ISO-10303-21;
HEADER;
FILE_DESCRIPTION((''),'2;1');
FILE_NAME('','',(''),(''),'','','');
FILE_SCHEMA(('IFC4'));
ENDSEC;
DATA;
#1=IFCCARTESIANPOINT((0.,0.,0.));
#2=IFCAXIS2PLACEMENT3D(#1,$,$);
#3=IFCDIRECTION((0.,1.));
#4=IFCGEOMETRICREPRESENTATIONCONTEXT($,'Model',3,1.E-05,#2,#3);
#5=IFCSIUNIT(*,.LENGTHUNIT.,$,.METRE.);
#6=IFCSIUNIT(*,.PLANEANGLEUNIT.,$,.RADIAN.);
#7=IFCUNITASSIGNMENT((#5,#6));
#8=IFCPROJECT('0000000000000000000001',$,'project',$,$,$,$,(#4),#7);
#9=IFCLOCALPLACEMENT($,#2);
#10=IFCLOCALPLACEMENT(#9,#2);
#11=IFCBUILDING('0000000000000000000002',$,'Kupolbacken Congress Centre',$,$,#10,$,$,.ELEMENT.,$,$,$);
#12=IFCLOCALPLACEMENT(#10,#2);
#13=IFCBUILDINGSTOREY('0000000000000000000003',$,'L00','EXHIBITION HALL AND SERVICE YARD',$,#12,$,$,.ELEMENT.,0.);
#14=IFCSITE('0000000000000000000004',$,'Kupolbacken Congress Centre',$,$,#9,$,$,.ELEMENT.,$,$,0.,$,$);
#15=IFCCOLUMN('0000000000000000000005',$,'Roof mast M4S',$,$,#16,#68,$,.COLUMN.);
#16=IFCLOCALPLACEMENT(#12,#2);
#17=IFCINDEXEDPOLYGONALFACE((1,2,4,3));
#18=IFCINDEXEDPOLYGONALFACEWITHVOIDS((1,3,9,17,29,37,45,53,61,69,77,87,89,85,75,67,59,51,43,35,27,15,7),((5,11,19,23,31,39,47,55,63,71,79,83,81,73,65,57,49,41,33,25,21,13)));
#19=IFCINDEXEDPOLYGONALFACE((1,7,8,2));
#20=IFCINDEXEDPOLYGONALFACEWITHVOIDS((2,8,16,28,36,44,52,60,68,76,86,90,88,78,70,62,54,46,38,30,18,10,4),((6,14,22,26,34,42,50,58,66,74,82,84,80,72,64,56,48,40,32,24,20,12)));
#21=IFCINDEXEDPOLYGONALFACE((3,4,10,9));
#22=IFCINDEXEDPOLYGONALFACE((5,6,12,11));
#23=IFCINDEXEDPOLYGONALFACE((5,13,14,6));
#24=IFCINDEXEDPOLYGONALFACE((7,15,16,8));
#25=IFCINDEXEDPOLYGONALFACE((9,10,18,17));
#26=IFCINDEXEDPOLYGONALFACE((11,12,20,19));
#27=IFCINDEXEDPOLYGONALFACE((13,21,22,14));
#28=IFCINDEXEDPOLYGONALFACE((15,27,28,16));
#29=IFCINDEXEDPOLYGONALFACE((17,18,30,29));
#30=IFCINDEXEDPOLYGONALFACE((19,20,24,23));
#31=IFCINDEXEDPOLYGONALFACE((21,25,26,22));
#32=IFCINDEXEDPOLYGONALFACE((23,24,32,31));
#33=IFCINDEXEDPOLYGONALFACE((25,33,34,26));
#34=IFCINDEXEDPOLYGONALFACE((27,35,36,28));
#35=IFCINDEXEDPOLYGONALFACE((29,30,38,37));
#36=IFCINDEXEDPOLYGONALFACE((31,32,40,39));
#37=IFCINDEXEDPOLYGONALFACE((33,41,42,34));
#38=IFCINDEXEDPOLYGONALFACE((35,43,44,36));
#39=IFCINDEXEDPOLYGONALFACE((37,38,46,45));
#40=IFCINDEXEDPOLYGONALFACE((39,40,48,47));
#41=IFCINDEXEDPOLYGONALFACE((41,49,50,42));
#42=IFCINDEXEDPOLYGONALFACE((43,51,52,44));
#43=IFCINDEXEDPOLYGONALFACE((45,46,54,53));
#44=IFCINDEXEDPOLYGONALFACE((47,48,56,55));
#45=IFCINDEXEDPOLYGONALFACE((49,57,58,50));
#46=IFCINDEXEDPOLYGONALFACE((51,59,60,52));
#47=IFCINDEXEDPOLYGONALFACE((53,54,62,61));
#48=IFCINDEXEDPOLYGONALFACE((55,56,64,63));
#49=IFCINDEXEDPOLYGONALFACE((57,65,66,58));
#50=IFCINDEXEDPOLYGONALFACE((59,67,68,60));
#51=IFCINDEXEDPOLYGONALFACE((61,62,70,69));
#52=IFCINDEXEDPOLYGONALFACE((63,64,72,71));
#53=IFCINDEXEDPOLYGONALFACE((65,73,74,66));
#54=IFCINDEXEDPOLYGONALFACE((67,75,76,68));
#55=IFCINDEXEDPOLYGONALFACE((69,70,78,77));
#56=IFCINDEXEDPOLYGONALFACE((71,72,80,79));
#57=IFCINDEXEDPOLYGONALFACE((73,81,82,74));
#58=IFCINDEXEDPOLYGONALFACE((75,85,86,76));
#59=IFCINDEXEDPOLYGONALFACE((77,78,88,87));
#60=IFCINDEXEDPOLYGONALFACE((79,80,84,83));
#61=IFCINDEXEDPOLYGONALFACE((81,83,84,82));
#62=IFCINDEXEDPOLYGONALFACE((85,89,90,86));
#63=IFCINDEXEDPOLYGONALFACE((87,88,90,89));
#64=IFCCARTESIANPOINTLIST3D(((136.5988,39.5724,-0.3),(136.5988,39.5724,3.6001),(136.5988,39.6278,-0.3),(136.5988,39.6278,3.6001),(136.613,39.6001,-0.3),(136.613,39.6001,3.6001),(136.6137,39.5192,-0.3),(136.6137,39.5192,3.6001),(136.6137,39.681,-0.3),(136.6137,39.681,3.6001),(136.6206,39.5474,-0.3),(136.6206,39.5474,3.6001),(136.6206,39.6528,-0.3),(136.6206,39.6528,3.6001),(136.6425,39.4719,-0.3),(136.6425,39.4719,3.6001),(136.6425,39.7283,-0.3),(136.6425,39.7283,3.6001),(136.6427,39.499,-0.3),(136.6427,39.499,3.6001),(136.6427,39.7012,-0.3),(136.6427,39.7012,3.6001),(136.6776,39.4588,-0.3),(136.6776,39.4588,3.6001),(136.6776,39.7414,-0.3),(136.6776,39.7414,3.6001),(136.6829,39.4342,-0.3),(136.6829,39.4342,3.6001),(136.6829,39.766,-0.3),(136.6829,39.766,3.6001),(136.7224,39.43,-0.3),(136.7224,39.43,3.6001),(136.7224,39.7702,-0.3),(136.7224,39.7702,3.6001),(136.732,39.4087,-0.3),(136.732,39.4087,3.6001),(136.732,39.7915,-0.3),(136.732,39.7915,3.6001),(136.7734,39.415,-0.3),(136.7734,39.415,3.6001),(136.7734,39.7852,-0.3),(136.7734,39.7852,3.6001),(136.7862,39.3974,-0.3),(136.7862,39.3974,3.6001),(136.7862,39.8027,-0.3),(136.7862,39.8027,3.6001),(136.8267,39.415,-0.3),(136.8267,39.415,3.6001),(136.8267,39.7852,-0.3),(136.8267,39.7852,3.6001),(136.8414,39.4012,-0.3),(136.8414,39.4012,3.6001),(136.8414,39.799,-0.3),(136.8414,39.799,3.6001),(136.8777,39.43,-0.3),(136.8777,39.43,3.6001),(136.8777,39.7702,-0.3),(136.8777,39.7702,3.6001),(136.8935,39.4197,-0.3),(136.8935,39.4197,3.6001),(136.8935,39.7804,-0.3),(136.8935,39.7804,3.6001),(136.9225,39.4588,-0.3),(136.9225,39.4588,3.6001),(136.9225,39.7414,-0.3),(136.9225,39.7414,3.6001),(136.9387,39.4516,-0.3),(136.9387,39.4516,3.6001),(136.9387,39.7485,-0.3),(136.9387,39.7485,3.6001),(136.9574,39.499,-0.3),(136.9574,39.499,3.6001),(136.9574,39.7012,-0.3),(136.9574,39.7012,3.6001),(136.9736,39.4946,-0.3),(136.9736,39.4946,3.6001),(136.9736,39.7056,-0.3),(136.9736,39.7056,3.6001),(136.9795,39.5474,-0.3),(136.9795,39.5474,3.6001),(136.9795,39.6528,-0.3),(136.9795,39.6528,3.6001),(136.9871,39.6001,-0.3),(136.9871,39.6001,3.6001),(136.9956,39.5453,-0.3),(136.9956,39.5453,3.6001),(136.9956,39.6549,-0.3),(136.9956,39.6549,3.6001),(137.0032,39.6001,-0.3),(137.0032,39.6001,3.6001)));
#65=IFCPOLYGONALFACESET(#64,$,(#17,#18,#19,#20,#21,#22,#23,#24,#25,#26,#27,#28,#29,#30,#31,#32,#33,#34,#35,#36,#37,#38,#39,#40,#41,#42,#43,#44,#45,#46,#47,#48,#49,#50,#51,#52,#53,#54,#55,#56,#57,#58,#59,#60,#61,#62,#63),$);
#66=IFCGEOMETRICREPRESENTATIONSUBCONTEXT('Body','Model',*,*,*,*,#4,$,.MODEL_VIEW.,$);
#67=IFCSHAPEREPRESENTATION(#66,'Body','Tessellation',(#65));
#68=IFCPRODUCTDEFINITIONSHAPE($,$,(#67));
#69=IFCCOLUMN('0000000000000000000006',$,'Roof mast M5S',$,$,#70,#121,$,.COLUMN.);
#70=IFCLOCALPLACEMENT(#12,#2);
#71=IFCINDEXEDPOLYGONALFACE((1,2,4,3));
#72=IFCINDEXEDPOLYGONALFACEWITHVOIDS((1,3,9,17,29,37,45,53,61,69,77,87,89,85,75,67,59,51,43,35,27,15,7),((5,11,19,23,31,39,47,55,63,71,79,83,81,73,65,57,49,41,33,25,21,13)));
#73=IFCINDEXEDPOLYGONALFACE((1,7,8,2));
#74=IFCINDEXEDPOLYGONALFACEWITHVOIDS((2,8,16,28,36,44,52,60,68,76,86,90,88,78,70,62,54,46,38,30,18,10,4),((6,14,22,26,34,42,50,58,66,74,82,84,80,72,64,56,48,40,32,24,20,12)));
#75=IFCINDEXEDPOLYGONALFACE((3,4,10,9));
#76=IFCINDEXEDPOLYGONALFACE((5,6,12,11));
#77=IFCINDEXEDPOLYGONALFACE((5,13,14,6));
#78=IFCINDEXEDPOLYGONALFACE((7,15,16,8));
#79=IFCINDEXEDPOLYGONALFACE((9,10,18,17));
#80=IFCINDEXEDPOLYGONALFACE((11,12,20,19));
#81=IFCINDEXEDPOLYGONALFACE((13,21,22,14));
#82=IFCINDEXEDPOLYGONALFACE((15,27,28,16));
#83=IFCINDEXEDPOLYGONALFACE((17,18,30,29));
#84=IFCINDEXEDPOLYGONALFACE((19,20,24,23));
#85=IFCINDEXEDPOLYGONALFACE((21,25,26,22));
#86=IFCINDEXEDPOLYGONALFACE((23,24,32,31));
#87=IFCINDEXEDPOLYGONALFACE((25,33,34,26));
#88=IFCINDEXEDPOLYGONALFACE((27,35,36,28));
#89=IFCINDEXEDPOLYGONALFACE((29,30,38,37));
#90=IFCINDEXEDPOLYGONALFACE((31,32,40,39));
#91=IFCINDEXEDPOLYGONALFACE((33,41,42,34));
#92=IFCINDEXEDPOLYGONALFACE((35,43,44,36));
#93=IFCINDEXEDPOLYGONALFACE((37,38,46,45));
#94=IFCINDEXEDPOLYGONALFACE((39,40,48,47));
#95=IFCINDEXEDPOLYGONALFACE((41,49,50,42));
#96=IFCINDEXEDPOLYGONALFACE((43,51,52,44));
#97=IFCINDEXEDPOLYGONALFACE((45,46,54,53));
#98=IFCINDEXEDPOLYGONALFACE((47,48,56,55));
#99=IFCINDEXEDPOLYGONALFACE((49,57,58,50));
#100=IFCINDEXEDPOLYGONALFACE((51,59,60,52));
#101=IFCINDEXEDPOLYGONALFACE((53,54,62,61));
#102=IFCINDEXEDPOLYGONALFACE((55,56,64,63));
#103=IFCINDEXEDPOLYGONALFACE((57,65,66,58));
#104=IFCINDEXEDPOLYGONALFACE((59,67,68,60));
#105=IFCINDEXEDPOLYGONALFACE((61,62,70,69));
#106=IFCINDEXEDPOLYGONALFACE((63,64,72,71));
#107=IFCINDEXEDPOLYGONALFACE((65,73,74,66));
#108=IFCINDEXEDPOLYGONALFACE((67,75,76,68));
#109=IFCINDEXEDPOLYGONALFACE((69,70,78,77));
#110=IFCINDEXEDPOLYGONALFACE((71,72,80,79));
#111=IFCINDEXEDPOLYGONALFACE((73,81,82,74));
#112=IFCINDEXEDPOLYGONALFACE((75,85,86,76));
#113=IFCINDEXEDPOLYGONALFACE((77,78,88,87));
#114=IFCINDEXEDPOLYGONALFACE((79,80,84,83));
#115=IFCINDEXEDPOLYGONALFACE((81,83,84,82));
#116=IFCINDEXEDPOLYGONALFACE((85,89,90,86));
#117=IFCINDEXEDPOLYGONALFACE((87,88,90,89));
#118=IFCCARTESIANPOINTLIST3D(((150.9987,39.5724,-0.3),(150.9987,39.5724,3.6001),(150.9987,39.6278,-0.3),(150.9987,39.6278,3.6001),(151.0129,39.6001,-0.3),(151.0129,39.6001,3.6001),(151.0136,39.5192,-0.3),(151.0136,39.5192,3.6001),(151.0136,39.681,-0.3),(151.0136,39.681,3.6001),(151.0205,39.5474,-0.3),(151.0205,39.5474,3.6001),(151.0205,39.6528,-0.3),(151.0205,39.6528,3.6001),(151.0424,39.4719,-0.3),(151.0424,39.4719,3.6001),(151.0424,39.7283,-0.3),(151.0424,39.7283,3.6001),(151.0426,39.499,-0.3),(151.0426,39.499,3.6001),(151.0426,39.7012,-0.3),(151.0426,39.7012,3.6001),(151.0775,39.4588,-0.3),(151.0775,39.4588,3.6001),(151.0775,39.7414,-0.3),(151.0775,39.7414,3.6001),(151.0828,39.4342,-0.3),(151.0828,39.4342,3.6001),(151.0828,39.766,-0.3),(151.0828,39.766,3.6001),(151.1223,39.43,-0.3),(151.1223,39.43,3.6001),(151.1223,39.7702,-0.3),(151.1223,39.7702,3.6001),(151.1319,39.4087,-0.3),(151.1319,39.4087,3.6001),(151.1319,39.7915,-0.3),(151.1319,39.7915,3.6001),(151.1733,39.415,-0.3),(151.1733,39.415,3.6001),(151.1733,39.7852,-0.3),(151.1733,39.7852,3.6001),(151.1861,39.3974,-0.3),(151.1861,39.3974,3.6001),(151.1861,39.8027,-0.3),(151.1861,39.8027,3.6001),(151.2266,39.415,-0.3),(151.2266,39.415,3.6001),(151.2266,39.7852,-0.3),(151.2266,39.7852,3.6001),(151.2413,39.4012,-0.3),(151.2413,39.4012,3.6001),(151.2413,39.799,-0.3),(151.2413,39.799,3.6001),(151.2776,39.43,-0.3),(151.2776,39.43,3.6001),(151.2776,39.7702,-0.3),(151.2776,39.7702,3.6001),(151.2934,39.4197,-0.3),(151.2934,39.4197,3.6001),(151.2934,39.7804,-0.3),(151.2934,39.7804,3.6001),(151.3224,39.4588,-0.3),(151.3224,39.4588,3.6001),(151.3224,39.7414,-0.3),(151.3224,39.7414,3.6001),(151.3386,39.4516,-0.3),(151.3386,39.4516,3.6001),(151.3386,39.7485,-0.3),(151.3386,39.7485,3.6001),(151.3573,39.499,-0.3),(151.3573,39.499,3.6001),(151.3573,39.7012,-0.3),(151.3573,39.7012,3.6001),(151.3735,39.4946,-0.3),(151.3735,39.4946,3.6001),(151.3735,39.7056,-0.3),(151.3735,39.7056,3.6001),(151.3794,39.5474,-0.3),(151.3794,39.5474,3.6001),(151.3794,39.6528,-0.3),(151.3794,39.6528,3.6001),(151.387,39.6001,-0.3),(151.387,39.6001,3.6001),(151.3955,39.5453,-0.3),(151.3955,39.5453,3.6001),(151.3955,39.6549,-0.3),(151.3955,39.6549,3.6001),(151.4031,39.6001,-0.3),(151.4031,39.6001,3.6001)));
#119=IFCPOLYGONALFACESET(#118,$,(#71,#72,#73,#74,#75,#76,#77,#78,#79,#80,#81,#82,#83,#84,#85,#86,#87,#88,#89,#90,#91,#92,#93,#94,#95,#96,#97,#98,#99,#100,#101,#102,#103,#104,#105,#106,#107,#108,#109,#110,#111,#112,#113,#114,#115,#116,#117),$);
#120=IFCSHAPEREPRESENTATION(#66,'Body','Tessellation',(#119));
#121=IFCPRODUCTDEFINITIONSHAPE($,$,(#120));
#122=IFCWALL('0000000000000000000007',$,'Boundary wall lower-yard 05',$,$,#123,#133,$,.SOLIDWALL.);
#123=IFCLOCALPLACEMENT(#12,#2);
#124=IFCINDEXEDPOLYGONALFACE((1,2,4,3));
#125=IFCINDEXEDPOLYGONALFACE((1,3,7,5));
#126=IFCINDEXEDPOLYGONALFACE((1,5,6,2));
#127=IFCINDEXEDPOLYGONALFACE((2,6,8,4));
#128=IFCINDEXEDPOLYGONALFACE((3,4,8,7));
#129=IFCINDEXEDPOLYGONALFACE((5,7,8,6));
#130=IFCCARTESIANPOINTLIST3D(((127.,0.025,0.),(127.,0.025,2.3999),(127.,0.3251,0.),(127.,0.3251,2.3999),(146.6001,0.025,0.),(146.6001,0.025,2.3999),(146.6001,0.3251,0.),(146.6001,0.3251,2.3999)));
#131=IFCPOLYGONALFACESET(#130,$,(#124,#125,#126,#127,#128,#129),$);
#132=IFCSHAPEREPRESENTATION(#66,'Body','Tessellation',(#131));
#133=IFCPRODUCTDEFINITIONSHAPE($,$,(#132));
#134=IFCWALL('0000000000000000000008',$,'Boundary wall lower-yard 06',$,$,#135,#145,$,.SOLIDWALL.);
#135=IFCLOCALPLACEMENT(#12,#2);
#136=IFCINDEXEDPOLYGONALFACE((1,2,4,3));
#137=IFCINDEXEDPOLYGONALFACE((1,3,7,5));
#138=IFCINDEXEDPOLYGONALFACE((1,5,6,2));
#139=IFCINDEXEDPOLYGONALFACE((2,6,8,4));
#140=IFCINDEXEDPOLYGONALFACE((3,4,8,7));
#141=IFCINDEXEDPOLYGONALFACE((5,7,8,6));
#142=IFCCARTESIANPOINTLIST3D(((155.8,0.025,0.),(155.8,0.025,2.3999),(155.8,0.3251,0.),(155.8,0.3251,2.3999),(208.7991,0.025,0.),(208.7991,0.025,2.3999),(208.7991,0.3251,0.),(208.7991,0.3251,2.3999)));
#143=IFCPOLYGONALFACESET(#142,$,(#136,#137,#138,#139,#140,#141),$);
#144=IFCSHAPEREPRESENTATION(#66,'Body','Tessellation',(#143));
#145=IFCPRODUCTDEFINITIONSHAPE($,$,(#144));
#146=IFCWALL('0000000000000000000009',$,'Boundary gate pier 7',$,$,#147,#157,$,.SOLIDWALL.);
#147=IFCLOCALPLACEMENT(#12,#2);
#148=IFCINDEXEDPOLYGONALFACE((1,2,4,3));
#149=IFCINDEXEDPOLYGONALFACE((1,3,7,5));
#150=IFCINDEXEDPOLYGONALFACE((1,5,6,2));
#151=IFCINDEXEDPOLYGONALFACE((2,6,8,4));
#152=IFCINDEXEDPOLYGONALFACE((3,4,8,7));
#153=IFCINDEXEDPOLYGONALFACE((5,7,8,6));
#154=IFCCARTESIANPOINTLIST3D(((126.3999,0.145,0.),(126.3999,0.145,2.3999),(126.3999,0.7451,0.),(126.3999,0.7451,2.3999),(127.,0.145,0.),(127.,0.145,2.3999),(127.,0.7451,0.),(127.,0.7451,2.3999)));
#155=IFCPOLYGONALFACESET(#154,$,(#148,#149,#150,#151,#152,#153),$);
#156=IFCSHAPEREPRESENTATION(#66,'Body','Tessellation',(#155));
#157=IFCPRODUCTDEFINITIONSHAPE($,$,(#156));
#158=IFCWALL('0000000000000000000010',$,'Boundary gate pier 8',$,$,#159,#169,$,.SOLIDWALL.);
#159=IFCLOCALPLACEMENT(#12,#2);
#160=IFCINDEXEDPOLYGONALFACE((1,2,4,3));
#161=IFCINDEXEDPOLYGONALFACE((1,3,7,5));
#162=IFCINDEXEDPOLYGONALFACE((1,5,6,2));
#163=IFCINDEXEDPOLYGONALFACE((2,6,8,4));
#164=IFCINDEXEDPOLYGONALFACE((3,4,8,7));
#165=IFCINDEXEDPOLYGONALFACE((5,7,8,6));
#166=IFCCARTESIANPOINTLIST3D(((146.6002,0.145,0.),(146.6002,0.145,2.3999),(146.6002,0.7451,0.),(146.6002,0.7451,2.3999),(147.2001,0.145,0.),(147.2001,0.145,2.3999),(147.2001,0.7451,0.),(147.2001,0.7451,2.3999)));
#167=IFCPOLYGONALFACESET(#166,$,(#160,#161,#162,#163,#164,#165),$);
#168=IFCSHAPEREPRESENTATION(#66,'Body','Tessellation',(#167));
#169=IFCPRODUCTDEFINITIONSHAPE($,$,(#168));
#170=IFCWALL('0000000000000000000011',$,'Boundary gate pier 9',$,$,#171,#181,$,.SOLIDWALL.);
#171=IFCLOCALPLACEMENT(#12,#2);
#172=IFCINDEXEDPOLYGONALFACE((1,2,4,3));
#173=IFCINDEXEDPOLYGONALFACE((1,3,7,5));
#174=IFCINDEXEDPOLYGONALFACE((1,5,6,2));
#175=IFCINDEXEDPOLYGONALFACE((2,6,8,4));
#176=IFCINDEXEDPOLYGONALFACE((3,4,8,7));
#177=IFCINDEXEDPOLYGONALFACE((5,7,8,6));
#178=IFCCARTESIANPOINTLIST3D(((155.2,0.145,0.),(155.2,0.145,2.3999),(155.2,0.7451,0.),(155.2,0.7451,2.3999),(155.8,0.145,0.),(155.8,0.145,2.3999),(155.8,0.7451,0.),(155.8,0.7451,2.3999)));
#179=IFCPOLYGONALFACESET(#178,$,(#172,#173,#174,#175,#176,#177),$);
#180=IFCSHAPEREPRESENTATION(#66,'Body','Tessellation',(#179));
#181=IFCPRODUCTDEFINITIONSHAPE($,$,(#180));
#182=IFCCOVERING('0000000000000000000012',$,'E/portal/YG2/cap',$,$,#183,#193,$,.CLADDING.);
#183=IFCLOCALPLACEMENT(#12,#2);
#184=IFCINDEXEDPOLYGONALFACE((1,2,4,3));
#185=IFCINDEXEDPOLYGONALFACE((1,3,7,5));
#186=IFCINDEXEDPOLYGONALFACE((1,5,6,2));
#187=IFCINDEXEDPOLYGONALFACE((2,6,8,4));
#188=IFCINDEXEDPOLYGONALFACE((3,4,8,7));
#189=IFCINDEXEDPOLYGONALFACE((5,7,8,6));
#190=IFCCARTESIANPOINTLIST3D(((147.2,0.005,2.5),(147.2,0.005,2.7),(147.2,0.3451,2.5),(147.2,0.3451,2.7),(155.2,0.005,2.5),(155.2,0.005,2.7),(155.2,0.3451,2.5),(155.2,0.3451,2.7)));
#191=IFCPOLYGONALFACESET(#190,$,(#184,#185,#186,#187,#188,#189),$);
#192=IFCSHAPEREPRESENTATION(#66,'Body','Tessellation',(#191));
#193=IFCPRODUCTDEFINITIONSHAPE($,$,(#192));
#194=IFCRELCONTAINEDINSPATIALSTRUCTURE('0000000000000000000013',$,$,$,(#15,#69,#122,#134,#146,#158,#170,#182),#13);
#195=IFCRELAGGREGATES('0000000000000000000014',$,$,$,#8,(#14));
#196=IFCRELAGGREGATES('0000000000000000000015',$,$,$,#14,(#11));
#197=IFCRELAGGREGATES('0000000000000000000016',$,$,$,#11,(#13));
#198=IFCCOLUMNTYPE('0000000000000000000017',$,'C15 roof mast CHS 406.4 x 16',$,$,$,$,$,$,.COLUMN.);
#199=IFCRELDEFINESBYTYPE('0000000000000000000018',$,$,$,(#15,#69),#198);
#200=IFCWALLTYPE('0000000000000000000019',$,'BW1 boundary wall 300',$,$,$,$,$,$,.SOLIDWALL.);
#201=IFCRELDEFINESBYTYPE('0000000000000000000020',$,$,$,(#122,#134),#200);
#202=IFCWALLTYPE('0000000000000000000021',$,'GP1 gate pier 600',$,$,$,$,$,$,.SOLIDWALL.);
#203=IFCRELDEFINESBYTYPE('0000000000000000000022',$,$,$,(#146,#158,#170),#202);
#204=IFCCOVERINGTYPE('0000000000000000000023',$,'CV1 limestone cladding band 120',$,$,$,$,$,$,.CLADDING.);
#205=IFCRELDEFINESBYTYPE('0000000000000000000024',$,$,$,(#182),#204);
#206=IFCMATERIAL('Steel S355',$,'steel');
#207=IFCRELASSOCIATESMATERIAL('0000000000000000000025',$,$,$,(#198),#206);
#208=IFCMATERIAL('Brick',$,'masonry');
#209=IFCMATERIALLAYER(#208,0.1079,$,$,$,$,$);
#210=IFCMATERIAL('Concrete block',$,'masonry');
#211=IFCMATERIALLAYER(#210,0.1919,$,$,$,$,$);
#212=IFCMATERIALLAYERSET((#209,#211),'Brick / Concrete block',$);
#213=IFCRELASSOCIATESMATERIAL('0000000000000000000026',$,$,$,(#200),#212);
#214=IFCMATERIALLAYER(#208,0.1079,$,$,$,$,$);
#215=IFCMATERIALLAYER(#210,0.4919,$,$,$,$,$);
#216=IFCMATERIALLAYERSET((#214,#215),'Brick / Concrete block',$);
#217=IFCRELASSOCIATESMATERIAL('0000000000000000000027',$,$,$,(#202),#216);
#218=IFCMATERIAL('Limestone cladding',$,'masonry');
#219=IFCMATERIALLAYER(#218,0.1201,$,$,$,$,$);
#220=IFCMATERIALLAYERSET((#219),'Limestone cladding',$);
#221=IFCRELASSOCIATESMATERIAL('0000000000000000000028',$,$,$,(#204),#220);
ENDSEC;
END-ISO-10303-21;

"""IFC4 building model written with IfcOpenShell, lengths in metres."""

from ifc_helpers import new_model, si_unit, direction, frame, frame_2d, origin, origin_2d, place, context, subcontext, project, spatial, rectangle, hollow_circle, extrude, material, layer, layer_set, material_profile, profile_set, type_object, element, save


model = new_model("IFC4")

# Units and contexts
model_context = context("Model", 3, precision=1e-05, world=origin(), true_north=direction((0.0, 1.0)))
body_context = subcontext(model_context, "Body", "Model", "MODEL_VIEW")
ifc_project = project(units=[si_unit("LENGTHUNIT", "METRE"), si_unit("PLANEANGLEUNIT", "RADIAN")], contexts=[model_context])

# Site, building, storey
site_placement = place(None, origin())
site = spatial("IfcSite", under=ifc_project, at=site_placement, Name="Kupolbacken Congress Centre", CompositionType="ELEMENT", RefElevation=0.0)
building_placement = place(site_placement, origin())
building = spatial("IfcBuilding", under=site, at=building_placement, Name="Kupolbacken Congress Centre", CompositionType="ELEMENT")
storey_placement = place(building_placement, origin())
storey = spatial("IfcBuildingStorey", under=building, at=storey_placement, Name="L00", Description="EXHIBITION HALL AND SERVICE YARD", CompositionType="ELEMENT", Elevation=0.0)

# Columns
ifc_material_1 = material(Name="Steel S355", Category="steel")
ifc_material_profile_1 = material_profile(ifc_material_1, hollow_circle(Radius=0.2031, WallThickness=0.0161, at=origin_2d()), Name="CHS 406.4 x 16")
ifc_profile_set_1 = profile_set([ifc_material_profile_1], Name="Steel S355")
column_type = type_object("IfcColumnType", Name="C15 roof mast CHS 406.4 x 16", PredefinedType="COLUMN", material=ifc_profile_set_1)
for number, where, z_axis, x_axis, name in (
    (1, (136.8, 39.6001, -0.3), (0.0, 0.0, 1.0), (1.0, 0.0, 0.0), "Roof mast M4S"),
    (2, (151.2, 39.6001, -0.3), (0.0, 0.0, 1.0), (1.0, 0.0, 0.0), "Roof mast M5S"),
):
    element("IfcColumn", number, at=place(storey_placement, frame(where, z_axis=z_axis, x_axis=x_axis)), inside=storey, type_object=column_type, Name=name, PredefinedType="COLUMN", context=body_context, shape_type="SweptSolid", body=[
        extrude(hollow_circle(Radius=0.2031, WallThickness=0.0161, at=origin_2d()), origin(), (0.0, 0.0, 1.0), 3.9001),
    ])

# Wall
ifc_material_2 = material(Name="Brick", Category="masonry")
ifc_layer_1 = layer(ifc_material_2, 0.1079)
ifc_material_3 = material(Name="Concrete block", Category="masonry")
ifc_layer_2 = layer(ifc_material_3, 0.1919)
ifc_layer_set_1 = layer_set([ifc_layer_1, ifc_layer_2], Name="Brick / Concrete block")
wall_type_1 = type_object("IfcWallType", Name="BW1 boundary wall 300", PredefinedType="SOLIDWALL", material=ifc_layer_set_1)
wall_1_placement = place(storey_placement, frame((127.0, 0.175, 0.0), z_axis=(0.0, 0.0, 1.0), x_axis=(1.0, 0.0, 0.0)))
element("IfcWall", 3, at=wall_1_placement, inside=storey, type_object=wall_type_1, Name="Boundary wall lower-yard 05", PredefinedType="SOLIDWALL", context=body_context, shape_type="SweptSolid", body=[
    extrude(rectangle(XDim=19.6001, YDim=0.3, at=frame_2d((9.8, 0.0))), origin(), (0.0, 0.0, 1.0), 2.3999),
])

# Walls
wall_2_placement = place(storey_placement, frame((155.8, 0.175, 0.0), z_axis=(0.0, 0.0, 1.0), x_axis=(1.0, 0.0, 0.0)))
element("IfcWall", 4, at=wall_2_placement, inside=storey, type_object=wall_type_1, Name="Boundary wall lower-yard 06", PredefinedType="SOLIDWALL", context=body_context, shape_type="SweptSolid", body=[
    extrude(rectangle(XDim=52.999, YDim=0.3, at=frame_2d((26.4995, 0.0))), origin(), (0.0, 0.0, 1.0), 2.3999),
])
ifc_layer_3 = layer(ifc_material_2, 0.1079)
ifc_layer_4 = layer(ifc_material_3, 0.4919)
ifc_layer_set_2 = layer_set([ifc_layer_3, ifc_layer_4], Name="Brick / Concrete block")
wall_type_2 = type_object("IfcWallType", Name="GP1 gate pier 600", PredefinedType="SOLIDWALL", material=ifc_layer_set_2)
wall_3_placement = place(storey_placement, frame((126.3999, 0.4451, 0.0), z_axis=(0.0, 0.0, 1.0), x_axis=(1.0, 0.0, 0.0)))
element("IfcWall", 5, at=wall_3_placement, inside=storey, type_object=wall_type_2, Name="Boundary gate pier 7", PredefinedType="SOLIDWALL", context=body_context, shape_type="SweptSolid", body=[
    extrude(rectangle(XDim=0.6001, YDim=0.6001, at=frame_2d((0.3, 0.0))), origin(), (0.0, 0.0, 1.0), 2.3999),
])
wall_4_placement = place(storey_placement, frame((147.2, 0.4451, 0.0), z_axis=(0.0, 0.0, 1.0), x_axis=(-1.0, 0.0, 0.0)))
element("IfcWall", 6, at=wall_4_placement, inside=storey, type_object=wall_type_2, Name="Boundary gate pier 8", PredefinedType="SOLIDWALL", context=body_context, shape_type="SweptSolid", body=[
    extrude(rectangle(XDim=0.5999, YDim=0.6001, at=frame_2d((0.2998, 0.0))), origin(), (0.0, 0.0, 1.0), 2.3999),
])
wall_5_placement = place(storey_placement, frame((155.2, 0.4451, 0.0), z_axis=(0.0, 0.0, 1.0), x_axis=(1.0, 0.0, 0.0)))
element("IfcWall", 7, at=wall_5_placement, inside=storey, type_object=wall_type_2, Name="Boundary gate pier 9", PredefinedType="SOLIDWALL", context=body_context, shape_type="SweptSolid", body=[
    extrude(rectangle(XDim=0.6001, YDim=0.6001, at=frame_2d((0.3, 0.0))), origin(), (0.0, 0.0, 1.0), 2.3999),
])

# Covering
ifc_material_4 = material(Name="Limestone cladding", Category="masonry")
ifc_layer_5 = layer(ifc_material_4, 0.1201)
ifc_layer_set_3 = layer_set([ifc_layer_5], Name="Limestone cladding")
covering_type_1 = type_object("IfcCoveringType", Name="CV1 limestone cladding band 120", PredefinedType="CLADDING", material=ifc_layer_set_3)
covering_1_placement = place(storey_placement, frame((151.2, 0.175, 2.5), z_axis=(0.0, 0.0, 1.0), x_axis=(1.0, 0.0, 0.0)))
element("IfcCovering", 8, at=covering_1_placement, inside=storey, type_object=covering_type_1, Name="E/portal/YG2/cap", PredefinedType="CLADDING", context=body_context, shape_type="SweptSolid", body=[
    extrude(rectangle(XDim=8.0, YDim=0.3401, at=origin_2d()), origin(), (0.0, 0.0, 1.0), 0.2),
])

save(model, "model.ifc")
